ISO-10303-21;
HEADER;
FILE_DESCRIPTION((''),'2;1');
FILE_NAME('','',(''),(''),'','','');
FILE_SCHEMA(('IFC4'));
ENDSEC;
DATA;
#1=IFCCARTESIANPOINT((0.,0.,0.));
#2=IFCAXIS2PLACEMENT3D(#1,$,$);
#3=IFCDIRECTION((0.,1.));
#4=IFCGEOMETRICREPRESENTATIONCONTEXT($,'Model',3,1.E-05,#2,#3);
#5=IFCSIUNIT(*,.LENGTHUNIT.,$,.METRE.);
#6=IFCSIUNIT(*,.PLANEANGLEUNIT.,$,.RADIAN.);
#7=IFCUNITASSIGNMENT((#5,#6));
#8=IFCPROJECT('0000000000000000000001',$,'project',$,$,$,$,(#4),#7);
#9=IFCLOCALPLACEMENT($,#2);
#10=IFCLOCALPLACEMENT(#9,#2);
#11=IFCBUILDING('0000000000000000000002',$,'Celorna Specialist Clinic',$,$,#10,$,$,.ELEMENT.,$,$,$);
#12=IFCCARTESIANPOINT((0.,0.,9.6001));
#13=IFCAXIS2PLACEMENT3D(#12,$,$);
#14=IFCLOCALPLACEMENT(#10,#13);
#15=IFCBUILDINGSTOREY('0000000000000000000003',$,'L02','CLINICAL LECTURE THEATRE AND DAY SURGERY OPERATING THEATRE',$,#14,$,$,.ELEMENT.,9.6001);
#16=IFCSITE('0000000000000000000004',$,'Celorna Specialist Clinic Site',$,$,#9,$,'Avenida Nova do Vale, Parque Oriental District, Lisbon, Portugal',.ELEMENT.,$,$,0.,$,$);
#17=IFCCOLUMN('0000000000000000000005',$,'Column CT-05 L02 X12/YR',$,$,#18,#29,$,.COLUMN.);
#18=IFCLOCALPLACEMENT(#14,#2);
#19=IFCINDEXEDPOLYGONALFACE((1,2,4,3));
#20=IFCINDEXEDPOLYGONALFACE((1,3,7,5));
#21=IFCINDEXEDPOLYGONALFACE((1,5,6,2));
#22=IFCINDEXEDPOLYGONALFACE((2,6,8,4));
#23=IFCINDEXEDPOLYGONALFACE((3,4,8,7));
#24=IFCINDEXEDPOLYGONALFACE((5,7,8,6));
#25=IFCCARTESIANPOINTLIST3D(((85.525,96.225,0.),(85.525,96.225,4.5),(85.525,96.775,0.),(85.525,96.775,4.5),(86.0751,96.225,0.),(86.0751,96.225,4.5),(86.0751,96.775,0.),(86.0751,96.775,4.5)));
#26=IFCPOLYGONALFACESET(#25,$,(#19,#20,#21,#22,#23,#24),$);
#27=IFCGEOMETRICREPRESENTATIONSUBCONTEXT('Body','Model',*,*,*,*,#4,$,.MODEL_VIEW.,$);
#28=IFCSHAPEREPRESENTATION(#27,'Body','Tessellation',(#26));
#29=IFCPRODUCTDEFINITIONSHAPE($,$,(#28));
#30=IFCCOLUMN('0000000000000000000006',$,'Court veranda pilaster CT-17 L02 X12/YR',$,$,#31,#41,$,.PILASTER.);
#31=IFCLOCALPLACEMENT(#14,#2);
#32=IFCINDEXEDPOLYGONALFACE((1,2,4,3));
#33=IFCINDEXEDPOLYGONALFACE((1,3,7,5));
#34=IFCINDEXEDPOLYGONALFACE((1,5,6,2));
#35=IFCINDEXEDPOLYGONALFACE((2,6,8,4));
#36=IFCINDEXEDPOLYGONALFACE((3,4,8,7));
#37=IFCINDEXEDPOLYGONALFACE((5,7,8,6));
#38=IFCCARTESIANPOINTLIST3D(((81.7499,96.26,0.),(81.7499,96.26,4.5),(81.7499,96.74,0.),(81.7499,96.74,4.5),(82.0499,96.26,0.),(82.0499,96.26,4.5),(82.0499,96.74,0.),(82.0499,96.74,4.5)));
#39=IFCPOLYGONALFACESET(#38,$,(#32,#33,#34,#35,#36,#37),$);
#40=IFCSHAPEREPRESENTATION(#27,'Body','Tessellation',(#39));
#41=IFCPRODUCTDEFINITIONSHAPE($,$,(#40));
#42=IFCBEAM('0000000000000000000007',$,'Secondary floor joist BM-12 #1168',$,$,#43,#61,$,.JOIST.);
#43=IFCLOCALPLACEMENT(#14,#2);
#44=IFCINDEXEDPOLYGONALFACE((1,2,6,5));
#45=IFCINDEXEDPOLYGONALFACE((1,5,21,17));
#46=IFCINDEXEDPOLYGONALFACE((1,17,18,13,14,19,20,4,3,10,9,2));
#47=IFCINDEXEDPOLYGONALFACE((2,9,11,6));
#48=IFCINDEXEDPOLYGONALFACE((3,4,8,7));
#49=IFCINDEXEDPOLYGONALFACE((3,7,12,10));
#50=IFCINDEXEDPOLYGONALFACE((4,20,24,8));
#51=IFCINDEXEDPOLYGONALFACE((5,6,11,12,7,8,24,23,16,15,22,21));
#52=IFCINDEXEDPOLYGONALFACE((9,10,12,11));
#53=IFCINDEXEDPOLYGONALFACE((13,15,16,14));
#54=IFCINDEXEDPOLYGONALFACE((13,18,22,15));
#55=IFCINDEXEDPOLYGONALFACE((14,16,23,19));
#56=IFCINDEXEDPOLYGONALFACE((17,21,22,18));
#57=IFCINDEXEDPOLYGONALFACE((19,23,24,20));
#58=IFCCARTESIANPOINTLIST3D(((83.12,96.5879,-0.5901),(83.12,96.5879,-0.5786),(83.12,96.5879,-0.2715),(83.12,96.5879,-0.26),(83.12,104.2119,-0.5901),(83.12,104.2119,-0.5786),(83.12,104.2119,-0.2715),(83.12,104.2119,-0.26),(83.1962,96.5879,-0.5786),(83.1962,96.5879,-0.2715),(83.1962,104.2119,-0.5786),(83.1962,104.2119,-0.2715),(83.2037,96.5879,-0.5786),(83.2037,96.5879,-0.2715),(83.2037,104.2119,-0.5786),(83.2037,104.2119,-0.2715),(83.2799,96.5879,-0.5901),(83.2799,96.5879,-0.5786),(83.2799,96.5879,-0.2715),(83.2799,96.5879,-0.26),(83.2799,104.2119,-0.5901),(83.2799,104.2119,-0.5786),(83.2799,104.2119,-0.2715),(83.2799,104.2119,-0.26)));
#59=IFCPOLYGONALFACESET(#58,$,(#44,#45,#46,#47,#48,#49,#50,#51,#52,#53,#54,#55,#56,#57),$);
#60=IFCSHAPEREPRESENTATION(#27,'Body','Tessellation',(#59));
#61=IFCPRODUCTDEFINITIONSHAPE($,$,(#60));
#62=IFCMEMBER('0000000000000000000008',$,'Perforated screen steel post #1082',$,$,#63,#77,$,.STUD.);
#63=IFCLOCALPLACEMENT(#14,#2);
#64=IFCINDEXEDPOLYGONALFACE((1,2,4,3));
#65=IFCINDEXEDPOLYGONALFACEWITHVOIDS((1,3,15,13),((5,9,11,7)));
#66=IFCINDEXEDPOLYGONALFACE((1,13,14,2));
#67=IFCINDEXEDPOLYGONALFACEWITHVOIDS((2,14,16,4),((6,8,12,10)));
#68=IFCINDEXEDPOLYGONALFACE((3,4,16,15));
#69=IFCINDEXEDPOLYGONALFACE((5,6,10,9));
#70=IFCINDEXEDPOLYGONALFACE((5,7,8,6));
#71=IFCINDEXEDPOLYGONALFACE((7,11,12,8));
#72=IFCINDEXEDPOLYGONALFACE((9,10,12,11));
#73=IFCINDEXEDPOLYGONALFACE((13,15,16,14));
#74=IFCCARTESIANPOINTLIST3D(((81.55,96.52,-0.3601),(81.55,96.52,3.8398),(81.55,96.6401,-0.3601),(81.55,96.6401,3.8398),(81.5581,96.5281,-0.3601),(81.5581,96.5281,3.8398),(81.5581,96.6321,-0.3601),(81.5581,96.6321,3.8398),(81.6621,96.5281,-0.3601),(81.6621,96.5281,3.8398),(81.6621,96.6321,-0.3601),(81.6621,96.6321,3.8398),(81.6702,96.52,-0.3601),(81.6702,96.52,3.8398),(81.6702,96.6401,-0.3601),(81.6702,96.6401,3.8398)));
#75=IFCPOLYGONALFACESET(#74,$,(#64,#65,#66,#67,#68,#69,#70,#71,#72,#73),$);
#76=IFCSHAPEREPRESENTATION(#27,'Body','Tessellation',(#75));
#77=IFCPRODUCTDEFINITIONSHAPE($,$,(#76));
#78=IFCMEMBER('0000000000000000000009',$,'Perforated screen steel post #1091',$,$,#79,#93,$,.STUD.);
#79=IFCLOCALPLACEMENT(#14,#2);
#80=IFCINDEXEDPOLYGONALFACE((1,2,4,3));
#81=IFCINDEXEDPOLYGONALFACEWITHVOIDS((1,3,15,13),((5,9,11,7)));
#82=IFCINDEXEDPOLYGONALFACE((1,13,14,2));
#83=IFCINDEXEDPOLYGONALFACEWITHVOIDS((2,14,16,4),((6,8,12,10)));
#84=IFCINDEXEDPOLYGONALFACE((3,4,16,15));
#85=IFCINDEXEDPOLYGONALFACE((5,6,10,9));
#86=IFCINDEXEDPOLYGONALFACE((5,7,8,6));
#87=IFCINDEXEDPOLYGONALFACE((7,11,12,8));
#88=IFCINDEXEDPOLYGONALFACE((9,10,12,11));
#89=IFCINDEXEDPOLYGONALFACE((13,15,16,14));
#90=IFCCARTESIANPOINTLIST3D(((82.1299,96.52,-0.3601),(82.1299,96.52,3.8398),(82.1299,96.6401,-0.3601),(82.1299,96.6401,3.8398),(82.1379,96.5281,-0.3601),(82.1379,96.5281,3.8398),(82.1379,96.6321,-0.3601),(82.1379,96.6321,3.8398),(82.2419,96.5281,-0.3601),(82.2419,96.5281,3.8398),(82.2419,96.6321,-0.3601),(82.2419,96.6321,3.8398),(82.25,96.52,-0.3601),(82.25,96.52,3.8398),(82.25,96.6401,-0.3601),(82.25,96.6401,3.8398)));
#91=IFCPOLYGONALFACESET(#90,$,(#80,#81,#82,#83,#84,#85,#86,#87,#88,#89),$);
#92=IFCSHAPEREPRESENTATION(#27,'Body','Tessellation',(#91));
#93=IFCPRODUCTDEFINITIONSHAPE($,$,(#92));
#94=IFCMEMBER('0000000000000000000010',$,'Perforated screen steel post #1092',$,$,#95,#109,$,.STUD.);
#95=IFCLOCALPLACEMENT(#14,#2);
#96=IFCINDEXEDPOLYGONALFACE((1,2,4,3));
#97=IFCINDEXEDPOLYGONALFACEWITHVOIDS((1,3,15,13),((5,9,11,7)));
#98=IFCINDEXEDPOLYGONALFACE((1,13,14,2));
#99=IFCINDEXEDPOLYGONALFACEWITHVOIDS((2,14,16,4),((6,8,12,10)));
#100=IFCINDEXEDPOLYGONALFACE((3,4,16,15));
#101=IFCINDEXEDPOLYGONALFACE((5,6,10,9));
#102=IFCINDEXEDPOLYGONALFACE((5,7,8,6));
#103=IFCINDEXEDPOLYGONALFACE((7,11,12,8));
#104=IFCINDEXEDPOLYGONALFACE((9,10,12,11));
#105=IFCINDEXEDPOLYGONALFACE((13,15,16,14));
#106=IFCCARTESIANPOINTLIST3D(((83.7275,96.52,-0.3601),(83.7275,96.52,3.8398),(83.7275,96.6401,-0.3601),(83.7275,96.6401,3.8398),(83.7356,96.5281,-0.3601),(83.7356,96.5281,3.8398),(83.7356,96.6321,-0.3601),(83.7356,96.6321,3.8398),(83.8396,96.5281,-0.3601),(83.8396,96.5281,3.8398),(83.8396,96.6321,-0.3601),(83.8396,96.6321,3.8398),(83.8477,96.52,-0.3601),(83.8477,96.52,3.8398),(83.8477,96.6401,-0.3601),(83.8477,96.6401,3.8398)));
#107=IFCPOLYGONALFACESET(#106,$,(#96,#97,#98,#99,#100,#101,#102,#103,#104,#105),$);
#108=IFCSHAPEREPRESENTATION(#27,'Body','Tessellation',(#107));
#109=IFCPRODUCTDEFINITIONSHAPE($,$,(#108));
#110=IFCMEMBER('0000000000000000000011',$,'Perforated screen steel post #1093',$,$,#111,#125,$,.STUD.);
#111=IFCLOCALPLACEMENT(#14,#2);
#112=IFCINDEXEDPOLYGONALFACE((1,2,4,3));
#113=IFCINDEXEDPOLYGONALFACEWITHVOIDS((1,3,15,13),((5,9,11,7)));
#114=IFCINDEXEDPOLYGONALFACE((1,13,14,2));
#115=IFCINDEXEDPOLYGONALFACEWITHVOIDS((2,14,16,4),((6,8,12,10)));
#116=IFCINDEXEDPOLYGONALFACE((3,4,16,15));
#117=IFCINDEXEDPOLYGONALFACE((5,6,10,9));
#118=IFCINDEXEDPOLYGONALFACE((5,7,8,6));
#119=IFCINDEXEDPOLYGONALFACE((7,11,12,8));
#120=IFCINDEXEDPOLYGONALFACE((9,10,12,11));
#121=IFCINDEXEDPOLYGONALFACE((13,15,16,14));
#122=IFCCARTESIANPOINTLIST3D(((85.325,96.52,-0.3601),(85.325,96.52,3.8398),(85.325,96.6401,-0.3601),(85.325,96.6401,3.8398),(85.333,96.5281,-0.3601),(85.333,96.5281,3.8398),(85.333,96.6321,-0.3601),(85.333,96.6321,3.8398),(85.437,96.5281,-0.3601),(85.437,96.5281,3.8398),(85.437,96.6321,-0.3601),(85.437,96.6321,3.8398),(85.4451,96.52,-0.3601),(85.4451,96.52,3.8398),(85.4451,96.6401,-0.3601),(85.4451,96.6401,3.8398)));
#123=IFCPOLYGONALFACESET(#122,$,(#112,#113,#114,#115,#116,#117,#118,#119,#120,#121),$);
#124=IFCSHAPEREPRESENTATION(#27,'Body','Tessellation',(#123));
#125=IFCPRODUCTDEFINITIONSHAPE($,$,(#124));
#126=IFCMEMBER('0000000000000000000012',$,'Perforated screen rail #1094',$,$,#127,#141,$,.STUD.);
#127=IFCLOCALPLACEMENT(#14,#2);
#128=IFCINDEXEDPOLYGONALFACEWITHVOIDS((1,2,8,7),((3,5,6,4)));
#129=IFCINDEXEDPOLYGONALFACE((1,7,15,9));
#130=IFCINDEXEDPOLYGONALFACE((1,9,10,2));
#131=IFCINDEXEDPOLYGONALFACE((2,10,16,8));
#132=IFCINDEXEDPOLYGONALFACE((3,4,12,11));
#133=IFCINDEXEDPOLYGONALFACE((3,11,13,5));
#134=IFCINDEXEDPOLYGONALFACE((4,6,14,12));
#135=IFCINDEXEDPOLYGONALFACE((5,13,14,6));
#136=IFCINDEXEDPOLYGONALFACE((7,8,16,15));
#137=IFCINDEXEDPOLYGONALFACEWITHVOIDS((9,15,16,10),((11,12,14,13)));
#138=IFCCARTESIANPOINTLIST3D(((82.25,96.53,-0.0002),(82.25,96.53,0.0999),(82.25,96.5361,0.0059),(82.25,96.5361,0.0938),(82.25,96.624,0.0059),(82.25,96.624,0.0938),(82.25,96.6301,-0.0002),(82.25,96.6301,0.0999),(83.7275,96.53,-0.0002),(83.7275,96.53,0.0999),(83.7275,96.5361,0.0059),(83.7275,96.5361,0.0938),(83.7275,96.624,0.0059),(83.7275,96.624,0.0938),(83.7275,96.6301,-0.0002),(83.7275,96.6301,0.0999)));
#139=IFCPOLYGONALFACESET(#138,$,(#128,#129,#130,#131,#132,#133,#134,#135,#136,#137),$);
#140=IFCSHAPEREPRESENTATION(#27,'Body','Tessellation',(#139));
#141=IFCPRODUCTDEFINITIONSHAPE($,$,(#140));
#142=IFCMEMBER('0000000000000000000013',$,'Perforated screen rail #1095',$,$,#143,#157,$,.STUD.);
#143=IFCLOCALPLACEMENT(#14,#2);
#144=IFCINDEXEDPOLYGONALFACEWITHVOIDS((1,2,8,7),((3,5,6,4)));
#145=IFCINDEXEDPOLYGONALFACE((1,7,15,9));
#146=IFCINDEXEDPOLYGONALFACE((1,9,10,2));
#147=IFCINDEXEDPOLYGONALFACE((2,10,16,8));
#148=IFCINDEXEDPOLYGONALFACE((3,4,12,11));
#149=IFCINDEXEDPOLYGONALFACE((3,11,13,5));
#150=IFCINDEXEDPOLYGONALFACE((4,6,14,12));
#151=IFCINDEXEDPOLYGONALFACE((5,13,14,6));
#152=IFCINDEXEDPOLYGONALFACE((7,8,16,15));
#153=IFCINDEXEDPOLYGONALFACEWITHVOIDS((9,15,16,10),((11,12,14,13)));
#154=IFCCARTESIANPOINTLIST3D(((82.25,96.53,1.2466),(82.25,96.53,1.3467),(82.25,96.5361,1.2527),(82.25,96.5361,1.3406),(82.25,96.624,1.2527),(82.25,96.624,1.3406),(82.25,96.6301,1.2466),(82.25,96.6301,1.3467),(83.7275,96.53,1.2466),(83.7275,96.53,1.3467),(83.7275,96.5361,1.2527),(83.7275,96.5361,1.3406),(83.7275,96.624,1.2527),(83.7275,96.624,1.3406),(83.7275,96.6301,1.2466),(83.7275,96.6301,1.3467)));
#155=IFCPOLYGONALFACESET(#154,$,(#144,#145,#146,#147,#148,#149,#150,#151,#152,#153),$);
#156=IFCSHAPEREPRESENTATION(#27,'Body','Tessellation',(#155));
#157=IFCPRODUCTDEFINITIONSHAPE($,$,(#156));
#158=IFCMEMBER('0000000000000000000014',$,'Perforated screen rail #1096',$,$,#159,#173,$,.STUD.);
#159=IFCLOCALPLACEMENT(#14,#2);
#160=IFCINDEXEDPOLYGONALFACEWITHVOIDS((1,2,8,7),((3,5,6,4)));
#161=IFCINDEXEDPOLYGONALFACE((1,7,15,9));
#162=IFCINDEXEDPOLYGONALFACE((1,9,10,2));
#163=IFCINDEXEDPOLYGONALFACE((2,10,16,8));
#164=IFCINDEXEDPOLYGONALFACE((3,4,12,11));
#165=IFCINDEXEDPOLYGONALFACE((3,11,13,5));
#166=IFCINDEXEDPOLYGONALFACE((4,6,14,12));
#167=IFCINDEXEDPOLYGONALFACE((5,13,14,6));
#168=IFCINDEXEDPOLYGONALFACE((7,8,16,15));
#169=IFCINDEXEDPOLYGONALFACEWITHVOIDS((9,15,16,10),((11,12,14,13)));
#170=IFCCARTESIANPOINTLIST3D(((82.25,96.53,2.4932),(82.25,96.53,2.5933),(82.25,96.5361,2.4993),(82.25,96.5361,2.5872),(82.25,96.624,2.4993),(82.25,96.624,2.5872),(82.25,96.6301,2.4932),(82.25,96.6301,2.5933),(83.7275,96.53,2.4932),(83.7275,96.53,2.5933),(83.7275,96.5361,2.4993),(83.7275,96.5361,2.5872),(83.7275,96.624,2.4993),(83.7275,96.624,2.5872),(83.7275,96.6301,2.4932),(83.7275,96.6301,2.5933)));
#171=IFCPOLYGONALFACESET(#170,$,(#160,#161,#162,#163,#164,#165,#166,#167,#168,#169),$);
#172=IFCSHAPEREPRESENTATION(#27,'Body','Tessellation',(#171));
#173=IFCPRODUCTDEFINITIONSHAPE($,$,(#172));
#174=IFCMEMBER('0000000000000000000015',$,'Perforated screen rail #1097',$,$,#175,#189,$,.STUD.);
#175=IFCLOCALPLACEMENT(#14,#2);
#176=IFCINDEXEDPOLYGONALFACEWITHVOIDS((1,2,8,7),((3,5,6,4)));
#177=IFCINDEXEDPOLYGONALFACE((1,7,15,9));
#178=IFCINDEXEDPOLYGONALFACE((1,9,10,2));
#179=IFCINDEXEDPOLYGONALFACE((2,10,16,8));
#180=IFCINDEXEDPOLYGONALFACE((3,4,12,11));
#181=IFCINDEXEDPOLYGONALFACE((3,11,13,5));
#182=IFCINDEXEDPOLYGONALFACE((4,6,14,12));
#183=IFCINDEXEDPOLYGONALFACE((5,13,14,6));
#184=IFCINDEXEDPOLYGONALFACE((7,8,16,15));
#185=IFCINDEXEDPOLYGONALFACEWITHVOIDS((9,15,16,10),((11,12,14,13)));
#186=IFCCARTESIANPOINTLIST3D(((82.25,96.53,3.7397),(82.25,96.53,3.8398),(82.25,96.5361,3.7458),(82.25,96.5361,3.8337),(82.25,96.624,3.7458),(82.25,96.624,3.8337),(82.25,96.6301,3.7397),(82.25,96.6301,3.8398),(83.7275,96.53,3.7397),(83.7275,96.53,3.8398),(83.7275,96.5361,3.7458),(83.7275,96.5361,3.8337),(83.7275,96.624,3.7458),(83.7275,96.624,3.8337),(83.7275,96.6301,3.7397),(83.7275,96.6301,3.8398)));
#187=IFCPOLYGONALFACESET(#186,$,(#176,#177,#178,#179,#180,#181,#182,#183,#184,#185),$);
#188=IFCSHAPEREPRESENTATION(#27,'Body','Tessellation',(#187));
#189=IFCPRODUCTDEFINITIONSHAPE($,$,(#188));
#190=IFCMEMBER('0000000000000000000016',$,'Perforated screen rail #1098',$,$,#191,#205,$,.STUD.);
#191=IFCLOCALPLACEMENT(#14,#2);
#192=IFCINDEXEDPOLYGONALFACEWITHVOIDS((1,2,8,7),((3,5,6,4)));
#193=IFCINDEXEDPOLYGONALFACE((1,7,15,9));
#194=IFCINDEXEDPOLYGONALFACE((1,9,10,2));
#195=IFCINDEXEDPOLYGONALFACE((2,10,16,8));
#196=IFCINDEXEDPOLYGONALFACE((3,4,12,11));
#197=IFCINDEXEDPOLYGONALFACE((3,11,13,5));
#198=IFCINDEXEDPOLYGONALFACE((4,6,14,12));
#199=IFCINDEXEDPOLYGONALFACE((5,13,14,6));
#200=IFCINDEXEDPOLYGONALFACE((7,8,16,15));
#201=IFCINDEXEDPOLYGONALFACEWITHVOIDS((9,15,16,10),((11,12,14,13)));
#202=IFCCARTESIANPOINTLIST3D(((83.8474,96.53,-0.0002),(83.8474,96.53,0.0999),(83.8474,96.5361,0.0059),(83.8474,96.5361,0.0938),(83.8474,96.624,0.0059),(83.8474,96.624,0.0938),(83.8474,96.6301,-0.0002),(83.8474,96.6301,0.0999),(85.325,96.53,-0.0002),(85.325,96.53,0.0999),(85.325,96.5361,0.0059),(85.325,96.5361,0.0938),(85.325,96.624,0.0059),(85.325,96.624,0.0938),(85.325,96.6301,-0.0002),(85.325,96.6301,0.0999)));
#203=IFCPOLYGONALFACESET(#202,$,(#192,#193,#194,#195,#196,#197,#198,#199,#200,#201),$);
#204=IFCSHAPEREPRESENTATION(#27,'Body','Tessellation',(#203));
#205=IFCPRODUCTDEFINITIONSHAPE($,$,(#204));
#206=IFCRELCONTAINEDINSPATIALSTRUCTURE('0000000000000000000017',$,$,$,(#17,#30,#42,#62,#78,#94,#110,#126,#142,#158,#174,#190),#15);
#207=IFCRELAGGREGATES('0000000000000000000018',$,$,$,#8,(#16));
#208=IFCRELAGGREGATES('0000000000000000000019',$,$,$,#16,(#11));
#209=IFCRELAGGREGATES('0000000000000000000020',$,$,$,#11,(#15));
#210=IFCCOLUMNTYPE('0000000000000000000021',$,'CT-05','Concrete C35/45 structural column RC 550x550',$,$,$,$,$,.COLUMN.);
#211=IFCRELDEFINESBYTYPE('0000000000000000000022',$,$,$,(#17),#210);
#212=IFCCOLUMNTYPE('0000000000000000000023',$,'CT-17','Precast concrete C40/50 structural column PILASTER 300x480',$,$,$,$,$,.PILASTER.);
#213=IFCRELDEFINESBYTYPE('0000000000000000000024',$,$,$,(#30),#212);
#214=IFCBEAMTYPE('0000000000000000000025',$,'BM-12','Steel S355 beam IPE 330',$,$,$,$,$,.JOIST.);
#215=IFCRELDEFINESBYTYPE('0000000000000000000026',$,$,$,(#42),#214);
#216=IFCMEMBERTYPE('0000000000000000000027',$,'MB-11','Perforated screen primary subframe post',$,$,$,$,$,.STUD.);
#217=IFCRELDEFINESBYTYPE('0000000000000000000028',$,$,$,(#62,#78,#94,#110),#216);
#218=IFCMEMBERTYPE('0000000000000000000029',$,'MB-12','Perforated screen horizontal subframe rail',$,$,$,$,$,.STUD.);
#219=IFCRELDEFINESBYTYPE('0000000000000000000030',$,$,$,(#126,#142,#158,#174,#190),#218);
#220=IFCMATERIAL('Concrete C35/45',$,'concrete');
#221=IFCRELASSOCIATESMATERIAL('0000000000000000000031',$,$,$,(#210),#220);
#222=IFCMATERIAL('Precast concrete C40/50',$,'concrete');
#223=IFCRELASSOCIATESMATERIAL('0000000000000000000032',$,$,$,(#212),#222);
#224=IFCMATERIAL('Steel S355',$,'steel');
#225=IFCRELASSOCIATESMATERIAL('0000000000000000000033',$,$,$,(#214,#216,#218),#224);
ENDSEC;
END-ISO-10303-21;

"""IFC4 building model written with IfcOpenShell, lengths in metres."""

from ifc_helpers import new_model, si_unit, direction, frame, origin, origin_2d, place, context, subcontext, project, spatial, rectangle, hollow_rectangle, i_section, extrude, material, material_profile, profile_set, type_object, element, save


model = new_model("IFC4")

# Units and contexts
model_context = context("Model", 3, precision=1e-05, world=origin(), true_north=direction((0.0, 1.0)))
body_context = subcontext(model_context, "Body", "Model", "MODEL_VIEW")
ifc_project = project(units=[si_unit("LENGTHUNIT", "METRE"), si_unit("PLANEANGLEUNIT", "RADIAN")], contexts=[model_context])

# Site, building, storey
site_placement = place(None, origin())
site = spatial("IfcSite", under=ifc_project, at=site_placement, Name="Celorna Specialist Clinic Site", LongName="Avenida Nova do Vale, Parque Oriental District, Lisbon, Portugal", CompositionType="ELEMENT", RefElevation=0.0)
building_placement = place(site_placement, origin())
building = spatial("IfcBuilding", under=site, at=building_placement, Name="Celorna Specialist Clinic", CompositionType="ELEMENT")
storey_placement = place(building_placement, frame((0.0, 0.0, 9.6001)))
storey = spatial("IfcBuildingStorey", under=building, at=storey_placement, Name="L02", Description="CLINICAL LECTURE THEATRE AND DAY SURGERY OPERATING THEATRE", CompositionType="ELEMENT", Elevation=9.6001)

# Columns
ifc_material_1 = material(Name="Concrete C35/45", Category="concrete")
ifc_material_profile_1 = material_profile(ifc_material_1, rectangle(XDim=0.55, YDim=0.55, at=origin_2d()), Name="RC 550x550")
ifc_profile_set_1 = profile_set([ifc_material_profile_1], Name="Concrete C35/45")
column_type_1 = type_object("IfcColumnType", Name="CT-05", Description="Concrete C35/45 structural column RC 550x550", PredefinedType="COLUMN", material=ifc_profile_set_1)
column_1_placement = place(storey_placement, frame((85.8, 96.5, 0.0), z_axis=(0.0, 0.0, 1.0), x_axis=(1.0, 0.0, 0.0)))
element("IfcColumn", 1, at=column_1_placement, inside=storey, type_object=column_type_1, Name="Column CT-05 L02 X12/YR", PredefinedType="COLUMN", context=body_context, shape_type="SweptSolid", body=[
    extrude(rectangle(XDim=0.55, YDim=0.55, at=origin_2d()), origin(), (0.0, 0.0, 1.0), 4.5),
])
ifc_material_2 = material(Name="Precast concrete C40/50", Category="concrete")
ifc_material_profile_2 = material_profile(ifc_material_2, rectangle(XDim=0.3, YDim=0.48, at=origin_2d()), Name="PILASTER 300x480")
ifc_profile_set_2 = profile_set([ifc_material_profile_2], Name="Precast concrete C40/50")
column_type_2 = type_object("IfcColumnType", Name="CT-17", Description="Precast concrete C40/50 structural column PILASTER 300x480", PredefinedType="PILASTER", material=ifc_profile_set_2)
column_2_placement = place(storey_placement, frame((81.8999, 96.5, 0.0), z_axis=(0.0, 0.0, 1.0), x_axis=(1.0, 0.0, 0.0)))
element("IfcColumn", 2, at=column_2_placement, inside=storey, type_object=column_type_2, Name="Court veranda pilaster CT-17 L02 X12/YR", PredefinedType="PILASTER", context=body_context, shape_type="SweptSolid", body=[
    extrude(rectangle(XDim=0.3, YDim=0.48, at=origin_2d()), origin(), (0.0, 0.0, 1.0), 4.5),
])

# Beam
ifc_material_3 = material(Name="Steel S355", Category="steel")
ifc_material_profile_3 = material_profile(ifc_material_3, i_section(OverallWidth=0.1599, OverallDepth=0.3301, WebThickness=0.0076, FlangeThickness=0.0115, at=origin_2d()), Name="IPE 330")
ifc_profile_set_3 = profile_set([ifc_material_profile_3], Name="Steel S355")
beam_type = type_object("IfcBeamType", Name="BM-12", Description="Steel S355 beam IPE 330", PredefinedType="JOIST", material=ifc_profile_set_3)
beam_placement = place(storey_placement, frame((83.2, 96.5879, -0.425), z_axis=(0.0, 1.0, 0.0), x_axis=(-1.0, 0.0, 0.0)))
element("IfcBeam", 3, at=beam_placement, inside=storey, type_object=beam_type, Name="Secondary floor joist BM-12 #1168", PredefinedType="JOIST", context=body_context, shape_type="SweptSolid", body=[
    extrude(i_section(OverallWidth=0.1599, OverallDepth=0.3301, WebThickness=0.0076, FlangeThickness=0.0115, at=origin_2d()), origin(), (0.0, 0.0, 1.0), 7.624),
])

# Members
ifc_material_profile_4 = material_profile(ifc_material_3, hollow_rectangle(XDim=0.1201, YDim=0.1201, WallThickness=0.0081, at=origin_2d()), Name="SHS 120x120x8")
ifc_profile_set_4 = profile_set([ifc_material_profile_4], Name="Steel S355")
member_type_1 = type_object("IfcMemberType", Name="MB-11", Description="Perforated screen primary subframe post", PredefinedType="STUD", material=ifc_profile_set_4)
for number, where, z_axis, x_axis, name in (
    (4, (81.6101, 96.5801, -0.3601), (0.0, 0.0, 1.0), (1.0, 0.0, 0.0), "Perforated screen steel post #1082"),
    (5, (82.1899, 96.5801, -0.3601), (0.0, 0.0, 1.0), (1.0, 0.0, 0.0), "Perforated screen steel post #1091"),
    (6, (83.7876, 96.5801, -0.3601), (0.0, 0.0, 1.0), (1.0, 0.0, 0.0), "Perforated screen steel post #1092"),
    (7, (85.385, 96.5801, -0.3601), (0.0, 0.0, 1.0), (1.0, 0.0, 0.0), "Perforated screen steel post #1093"),
):
    element("IfcMember", number, at=place(storey_placement, frame(where, z_axis=z_axis, x_axis=x_axis)), inside=storey, type_object=member_type_1, Name=name, PredefinedType="STUD", context=body_context, shape_type="SweptSolid", body=[
        extrude(hollow_rectangle(XDim=0.1201, YDim=0.1201, WallThickness=0.0081, at=origin_2d()), origin(), (0.0, 0.0, 1.0), 4.2),
    ])
ifc_material_profile_5 = material_profile(ifc_material_3, hollow_rectangle(XDim=0.1001, YDim=0.1001, WallThickness=0.0061, at=origin_2d()), Name="SHS 100x100x6")
ifc_profile_set_5 = profile_set([ifc_material_profile_5], Name="Steel S355")
member_type_2 = type_object("IfcMemberType", Name="MB-12", Description="Perforated screen horizontal subframe rail", PredefinedType="STUD", material=ifc_profile_set_5)
for number, where, z_axis, x_axis, name in (
    (8, (82.25, 96.5801, 0.0498), (1.0, 0.0, 0.0), (0.0, 1.0, 0.0), "Perforated screen rail #1094"),
    (9, (82.25, 96.5801, 1.2966), (1.0, 0.0, 0.0), (0.0, 1.0, 0.0), "Perforated screen rail #1095"),
    (10, (82.25, 96.5801, 2.5432), (1.0, 0.0, 0.0), (0.0, 1.0, 0.0), "Perforated screen rail #1096"),
    (11, (82.25, 96.5801, 3.7898), (1.0, 0.0, 0.0), (0.0, 1.0, 0.0), "Perforated screen rail #1097"),
    (12, (83.8474, 96.5801, 0.0498), (1.0, 0.0, 0.0), (0.0, 1.0, 0.0), "Perforated screen rail #1098"),
):
    element("IfcMember", number, at=place(storey_placement, frame(where, z_axis=z_axis, x_axis=x_axis)), inside=storey, type_object=member_type_2, Name=name, PredefinedType="STUD", context=body_context, shape_type="SweptSolid", body=[
        extrude(hollow_rectangle(XDim=0.1001, YDim=0.1001, WallThickness=0.0061, at=origin_2d()), origin(), (0.0, 0.0, 1.0), 1.4775),
    ])

save(model, "model.ifc")
